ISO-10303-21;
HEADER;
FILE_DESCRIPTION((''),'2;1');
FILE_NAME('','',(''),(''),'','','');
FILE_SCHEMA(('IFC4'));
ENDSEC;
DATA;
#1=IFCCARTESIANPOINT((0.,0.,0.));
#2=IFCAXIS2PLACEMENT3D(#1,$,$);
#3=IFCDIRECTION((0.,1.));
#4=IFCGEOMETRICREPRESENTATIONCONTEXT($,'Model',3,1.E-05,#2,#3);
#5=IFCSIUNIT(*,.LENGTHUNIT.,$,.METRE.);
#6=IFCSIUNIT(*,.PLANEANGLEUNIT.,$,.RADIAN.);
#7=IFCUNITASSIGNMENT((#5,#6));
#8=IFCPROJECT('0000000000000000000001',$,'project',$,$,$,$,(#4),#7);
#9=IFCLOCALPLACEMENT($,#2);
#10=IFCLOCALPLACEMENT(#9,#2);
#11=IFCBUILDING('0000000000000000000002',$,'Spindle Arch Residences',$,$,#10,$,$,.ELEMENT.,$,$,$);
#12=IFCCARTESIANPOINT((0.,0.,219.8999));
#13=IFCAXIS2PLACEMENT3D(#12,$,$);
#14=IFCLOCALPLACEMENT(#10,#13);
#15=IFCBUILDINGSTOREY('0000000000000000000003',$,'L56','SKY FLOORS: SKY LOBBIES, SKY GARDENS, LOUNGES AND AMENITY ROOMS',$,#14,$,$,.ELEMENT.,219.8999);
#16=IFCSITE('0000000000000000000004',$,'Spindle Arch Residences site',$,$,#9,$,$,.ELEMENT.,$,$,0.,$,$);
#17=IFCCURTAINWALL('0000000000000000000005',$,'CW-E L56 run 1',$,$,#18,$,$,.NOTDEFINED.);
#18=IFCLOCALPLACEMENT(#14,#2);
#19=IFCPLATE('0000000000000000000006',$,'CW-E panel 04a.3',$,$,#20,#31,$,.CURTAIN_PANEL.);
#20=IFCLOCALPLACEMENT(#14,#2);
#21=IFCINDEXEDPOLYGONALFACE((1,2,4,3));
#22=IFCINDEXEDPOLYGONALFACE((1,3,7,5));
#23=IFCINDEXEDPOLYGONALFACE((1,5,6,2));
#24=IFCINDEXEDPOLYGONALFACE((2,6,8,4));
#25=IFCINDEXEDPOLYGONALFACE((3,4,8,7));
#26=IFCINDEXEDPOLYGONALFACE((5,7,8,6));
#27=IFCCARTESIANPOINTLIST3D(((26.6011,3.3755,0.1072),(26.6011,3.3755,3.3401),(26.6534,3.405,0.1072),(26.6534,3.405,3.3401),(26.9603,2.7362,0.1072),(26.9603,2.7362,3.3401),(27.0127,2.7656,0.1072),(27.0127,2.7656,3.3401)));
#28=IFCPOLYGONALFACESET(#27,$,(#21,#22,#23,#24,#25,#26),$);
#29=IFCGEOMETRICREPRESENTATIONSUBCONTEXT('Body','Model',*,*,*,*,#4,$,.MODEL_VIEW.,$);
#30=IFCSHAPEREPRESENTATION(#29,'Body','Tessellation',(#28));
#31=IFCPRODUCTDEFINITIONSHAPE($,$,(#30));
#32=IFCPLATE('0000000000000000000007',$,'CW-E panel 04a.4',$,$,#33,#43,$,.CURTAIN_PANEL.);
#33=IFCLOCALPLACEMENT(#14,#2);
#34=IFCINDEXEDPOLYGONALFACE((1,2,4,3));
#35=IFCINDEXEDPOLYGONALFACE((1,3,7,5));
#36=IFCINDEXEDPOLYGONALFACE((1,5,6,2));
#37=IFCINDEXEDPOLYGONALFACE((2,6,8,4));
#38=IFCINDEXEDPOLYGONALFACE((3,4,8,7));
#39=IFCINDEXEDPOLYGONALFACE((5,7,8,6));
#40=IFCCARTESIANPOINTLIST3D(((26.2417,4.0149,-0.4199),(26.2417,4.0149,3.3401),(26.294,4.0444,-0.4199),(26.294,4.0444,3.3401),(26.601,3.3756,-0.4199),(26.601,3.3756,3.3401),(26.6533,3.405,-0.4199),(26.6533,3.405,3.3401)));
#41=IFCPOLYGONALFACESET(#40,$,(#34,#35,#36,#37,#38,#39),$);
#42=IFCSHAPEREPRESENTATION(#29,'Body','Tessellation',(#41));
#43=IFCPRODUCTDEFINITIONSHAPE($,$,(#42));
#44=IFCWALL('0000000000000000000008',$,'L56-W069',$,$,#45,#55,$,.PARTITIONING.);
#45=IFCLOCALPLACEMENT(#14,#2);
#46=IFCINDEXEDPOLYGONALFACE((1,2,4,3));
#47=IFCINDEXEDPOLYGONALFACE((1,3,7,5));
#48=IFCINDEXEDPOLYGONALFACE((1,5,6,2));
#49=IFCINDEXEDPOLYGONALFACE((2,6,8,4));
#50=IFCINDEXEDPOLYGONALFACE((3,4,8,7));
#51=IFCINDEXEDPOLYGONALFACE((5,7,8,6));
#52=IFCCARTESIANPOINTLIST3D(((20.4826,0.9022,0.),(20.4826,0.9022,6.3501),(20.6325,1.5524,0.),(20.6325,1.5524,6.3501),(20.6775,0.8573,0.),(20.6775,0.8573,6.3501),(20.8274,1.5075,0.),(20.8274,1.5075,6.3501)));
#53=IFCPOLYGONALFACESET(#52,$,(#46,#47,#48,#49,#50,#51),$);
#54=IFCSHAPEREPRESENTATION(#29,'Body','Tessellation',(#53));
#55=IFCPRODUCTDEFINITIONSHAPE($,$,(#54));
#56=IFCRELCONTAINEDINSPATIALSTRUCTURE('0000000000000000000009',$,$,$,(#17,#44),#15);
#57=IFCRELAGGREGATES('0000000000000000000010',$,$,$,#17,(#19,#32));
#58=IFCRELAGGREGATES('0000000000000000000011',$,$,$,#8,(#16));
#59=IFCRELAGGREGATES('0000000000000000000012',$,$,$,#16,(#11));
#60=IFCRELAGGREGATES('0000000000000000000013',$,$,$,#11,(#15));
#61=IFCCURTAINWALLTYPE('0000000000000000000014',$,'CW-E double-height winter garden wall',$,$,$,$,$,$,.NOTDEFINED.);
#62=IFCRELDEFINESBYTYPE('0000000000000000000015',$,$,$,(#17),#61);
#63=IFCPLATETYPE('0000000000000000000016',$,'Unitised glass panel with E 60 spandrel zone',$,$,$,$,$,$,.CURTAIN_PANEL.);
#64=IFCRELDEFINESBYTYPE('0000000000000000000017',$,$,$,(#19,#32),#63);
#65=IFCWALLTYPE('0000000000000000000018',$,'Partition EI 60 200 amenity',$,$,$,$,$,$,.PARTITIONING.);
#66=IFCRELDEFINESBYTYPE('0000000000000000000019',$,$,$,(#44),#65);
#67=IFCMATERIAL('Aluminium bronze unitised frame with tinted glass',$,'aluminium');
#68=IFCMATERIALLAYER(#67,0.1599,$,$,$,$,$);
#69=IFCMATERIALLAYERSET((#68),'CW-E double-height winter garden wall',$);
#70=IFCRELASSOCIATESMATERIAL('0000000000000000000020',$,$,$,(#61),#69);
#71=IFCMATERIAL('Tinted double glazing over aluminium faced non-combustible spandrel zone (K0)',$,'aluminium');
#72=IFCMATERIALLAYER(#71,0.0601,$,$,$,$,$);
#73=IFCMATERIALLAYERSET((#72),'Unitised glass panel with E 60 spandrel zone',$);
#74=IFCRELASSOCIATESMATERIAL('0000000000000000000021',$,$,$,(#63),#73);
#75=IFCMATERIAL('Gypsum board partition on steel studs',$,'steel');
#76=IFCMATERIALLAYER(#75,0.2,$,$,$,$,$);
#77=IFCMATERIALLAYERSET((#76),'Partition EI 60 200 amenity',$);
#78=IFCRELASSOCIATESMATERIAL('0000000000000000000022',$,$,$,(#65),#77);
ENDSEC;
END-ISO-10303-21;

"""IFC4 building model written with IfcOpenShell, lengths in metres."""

from ifc_helpers import new_model, si_unit, direction, frame, frame_2d, origin, origin_2d, place, context, subcontext, project, spatial, rectangle, extrude, material, layer, layer_set, type_object, element, aggregate, save


model = new_model("IFC4")

# Units and contexts
model_context = context("Model", 3, precision=1e-05, world=origin(), true_north=direction((0.0, 1.0)))
body_context = subcontext(model_context, "Body", "Model", "MODEL_VIEW")
ifc_project = project(units=[si_unit("LENGTHUNIT", "METRE"), si_unit("PLANEANGLEUNIT", "RADIAN")], contexts=[model_context])

# Site, building, storey
site_placement = place(None, origin())
site = spatial("IfcSite", under=ifc_project, at=site_placement, Name="Spindle Arch Residences site", CompositionType="ELEMENT", RefElevation=0.0)
building_placement = place(site_placement, origin())
building = spatial("IfcBuilding", under=site, at=building_placement, Name="Spindle Arch Residences", CompositionType="ELEMENT")
storey_placement = place(building_placement, frame((0.0, 0.0, 219.8999)))
storey = spatial("IfcBuildingStorey", under=building, at=storey_placement, Name="L56", Description="SKY FLOORS: SKY LOBBIES, SKY GARDENS, LOUNGES AND AMENITY ROOMS", CompositionType="ELEMENT", Elevation=219.8999)

# Curtain wall, plates
ifc_material_1 = material(Name="Aluminium bronze unitised frame with tinted glass", Category="aluminium")
ifc_layer_1 = layer(ifc_material_1, 0.1599)
ifc_layer_set_1 = layer_set([ifc_layer_1], Name="CW-E double-height winter garden wall")
curtain_wall_type = type_object("IfcCurtainWallType", Name="CW-E double-height winter garden wall", PredefinedType="NOTDEFINED", material=ifc_layer_set_1)
curtain_wall_placement = place(storey_placement, origin())
curtain_wall = element("IfcCurtainWall", 1, at=curtain_wall_placement, inside=storey, type_object=curtain_wall_type, Name="CW-E L56 run 1", PredefinedType="NOTDEFINED")
ifc_material_2 = material(Name="Tinted double glazing over aluminium faced non-combustible spandrel zone (K0)", Category="aluminium")
ifc_layer_2 = layer(ifc_material_2, 0.0601)
ifc_layer_set_2 = layer_set([ifc_layer_2], Name="Unitised glass panel with E 60 spandrel zone")
plate_type_1 = type_object("IfcPlateType", Name="Unitised glass panel with E 60 spandrel zone", PredefinedType="CURTAIN_PANEL", material=ifc_layer_set_2)
plate_1_placement = place(storey_placement, frame((26.8069, 3.0706, 0.1072), z_axis=(0.0, 0.0, 1.0), x_axis=(-0.48989, 0.871784, 0.0)))
plate_1 = element("IfcPlate", 2, at=plate_1_placement, type_object=plate_type_1, Name="CW-E panel 04a.3", PredefinedType="CURTAIN_PANEL", context=body_context, shape_type="SweptSolid", body=[
    extrude(rectangle(XDim=0.7334, YDim=0.0601, at=origin_2d()), origin(), (0.0, 0.0, 1.0), 3.2329),
])
plate_2_placement = place(storey_placement, frame((26.4475, 3.71, -0.4199), z_axis=(0.0, 0.0, 1.0), x_axis=(-0.48989, 0.871784, 0.0)))
plate_2 = element("IfcPlate", 3, at=plate_2_placement, type_object=plate_type_1, Name="CW-E panel 04a.4", PredefinedType="CURTAIN_PANEL", context=body_context, shape_type="SweptSolid", body=[
    extrude(rectangle(XDim=0.7334, YDim=0.0601, at=origin_2d()), origin(), (0.0, 0.0, 1.0), 3.76),
])
aggregate(curtain_wall, [plate_1, plate_2])

# Wall
ifc_material_3 = material(Name="Gypsum board partition on steel studs", Category="steel")
ifc_layer_3 = layer(ifc_material_3, 0.2)
ifc_layer_set_3 = layer_set([ifc_layer_3], Name="Partition EI 60 200 amenity")
wall_type = type_object("IfcWallType", Name="Partition EI 60 200 amenity", PredefinedType="PARTITIONING", material=ifc_layer_set_3)
wall_placement = place(storey_placement, frame((20.5801, 0.8799, 0.0), z_axis=(0.0, 0.0, 1.0), x_axis=(0.224672, 0.974434, 0.0)))
element("IfcWall", 4, at=wall_placement, inside=storey, type_object=wall_type, Name="L56-W069", PredefinedType="PARTITIONING", context=body_context, shape_type="SweptSolid", body=[
    extrude(rectangle(XDim=0.6672, YDim=0.2, at=frame_2d((0.3335, 0.0))), origin(), (0.0, 0.0, 1.0), 6.3501),
])

save(model, "model.ifc")
